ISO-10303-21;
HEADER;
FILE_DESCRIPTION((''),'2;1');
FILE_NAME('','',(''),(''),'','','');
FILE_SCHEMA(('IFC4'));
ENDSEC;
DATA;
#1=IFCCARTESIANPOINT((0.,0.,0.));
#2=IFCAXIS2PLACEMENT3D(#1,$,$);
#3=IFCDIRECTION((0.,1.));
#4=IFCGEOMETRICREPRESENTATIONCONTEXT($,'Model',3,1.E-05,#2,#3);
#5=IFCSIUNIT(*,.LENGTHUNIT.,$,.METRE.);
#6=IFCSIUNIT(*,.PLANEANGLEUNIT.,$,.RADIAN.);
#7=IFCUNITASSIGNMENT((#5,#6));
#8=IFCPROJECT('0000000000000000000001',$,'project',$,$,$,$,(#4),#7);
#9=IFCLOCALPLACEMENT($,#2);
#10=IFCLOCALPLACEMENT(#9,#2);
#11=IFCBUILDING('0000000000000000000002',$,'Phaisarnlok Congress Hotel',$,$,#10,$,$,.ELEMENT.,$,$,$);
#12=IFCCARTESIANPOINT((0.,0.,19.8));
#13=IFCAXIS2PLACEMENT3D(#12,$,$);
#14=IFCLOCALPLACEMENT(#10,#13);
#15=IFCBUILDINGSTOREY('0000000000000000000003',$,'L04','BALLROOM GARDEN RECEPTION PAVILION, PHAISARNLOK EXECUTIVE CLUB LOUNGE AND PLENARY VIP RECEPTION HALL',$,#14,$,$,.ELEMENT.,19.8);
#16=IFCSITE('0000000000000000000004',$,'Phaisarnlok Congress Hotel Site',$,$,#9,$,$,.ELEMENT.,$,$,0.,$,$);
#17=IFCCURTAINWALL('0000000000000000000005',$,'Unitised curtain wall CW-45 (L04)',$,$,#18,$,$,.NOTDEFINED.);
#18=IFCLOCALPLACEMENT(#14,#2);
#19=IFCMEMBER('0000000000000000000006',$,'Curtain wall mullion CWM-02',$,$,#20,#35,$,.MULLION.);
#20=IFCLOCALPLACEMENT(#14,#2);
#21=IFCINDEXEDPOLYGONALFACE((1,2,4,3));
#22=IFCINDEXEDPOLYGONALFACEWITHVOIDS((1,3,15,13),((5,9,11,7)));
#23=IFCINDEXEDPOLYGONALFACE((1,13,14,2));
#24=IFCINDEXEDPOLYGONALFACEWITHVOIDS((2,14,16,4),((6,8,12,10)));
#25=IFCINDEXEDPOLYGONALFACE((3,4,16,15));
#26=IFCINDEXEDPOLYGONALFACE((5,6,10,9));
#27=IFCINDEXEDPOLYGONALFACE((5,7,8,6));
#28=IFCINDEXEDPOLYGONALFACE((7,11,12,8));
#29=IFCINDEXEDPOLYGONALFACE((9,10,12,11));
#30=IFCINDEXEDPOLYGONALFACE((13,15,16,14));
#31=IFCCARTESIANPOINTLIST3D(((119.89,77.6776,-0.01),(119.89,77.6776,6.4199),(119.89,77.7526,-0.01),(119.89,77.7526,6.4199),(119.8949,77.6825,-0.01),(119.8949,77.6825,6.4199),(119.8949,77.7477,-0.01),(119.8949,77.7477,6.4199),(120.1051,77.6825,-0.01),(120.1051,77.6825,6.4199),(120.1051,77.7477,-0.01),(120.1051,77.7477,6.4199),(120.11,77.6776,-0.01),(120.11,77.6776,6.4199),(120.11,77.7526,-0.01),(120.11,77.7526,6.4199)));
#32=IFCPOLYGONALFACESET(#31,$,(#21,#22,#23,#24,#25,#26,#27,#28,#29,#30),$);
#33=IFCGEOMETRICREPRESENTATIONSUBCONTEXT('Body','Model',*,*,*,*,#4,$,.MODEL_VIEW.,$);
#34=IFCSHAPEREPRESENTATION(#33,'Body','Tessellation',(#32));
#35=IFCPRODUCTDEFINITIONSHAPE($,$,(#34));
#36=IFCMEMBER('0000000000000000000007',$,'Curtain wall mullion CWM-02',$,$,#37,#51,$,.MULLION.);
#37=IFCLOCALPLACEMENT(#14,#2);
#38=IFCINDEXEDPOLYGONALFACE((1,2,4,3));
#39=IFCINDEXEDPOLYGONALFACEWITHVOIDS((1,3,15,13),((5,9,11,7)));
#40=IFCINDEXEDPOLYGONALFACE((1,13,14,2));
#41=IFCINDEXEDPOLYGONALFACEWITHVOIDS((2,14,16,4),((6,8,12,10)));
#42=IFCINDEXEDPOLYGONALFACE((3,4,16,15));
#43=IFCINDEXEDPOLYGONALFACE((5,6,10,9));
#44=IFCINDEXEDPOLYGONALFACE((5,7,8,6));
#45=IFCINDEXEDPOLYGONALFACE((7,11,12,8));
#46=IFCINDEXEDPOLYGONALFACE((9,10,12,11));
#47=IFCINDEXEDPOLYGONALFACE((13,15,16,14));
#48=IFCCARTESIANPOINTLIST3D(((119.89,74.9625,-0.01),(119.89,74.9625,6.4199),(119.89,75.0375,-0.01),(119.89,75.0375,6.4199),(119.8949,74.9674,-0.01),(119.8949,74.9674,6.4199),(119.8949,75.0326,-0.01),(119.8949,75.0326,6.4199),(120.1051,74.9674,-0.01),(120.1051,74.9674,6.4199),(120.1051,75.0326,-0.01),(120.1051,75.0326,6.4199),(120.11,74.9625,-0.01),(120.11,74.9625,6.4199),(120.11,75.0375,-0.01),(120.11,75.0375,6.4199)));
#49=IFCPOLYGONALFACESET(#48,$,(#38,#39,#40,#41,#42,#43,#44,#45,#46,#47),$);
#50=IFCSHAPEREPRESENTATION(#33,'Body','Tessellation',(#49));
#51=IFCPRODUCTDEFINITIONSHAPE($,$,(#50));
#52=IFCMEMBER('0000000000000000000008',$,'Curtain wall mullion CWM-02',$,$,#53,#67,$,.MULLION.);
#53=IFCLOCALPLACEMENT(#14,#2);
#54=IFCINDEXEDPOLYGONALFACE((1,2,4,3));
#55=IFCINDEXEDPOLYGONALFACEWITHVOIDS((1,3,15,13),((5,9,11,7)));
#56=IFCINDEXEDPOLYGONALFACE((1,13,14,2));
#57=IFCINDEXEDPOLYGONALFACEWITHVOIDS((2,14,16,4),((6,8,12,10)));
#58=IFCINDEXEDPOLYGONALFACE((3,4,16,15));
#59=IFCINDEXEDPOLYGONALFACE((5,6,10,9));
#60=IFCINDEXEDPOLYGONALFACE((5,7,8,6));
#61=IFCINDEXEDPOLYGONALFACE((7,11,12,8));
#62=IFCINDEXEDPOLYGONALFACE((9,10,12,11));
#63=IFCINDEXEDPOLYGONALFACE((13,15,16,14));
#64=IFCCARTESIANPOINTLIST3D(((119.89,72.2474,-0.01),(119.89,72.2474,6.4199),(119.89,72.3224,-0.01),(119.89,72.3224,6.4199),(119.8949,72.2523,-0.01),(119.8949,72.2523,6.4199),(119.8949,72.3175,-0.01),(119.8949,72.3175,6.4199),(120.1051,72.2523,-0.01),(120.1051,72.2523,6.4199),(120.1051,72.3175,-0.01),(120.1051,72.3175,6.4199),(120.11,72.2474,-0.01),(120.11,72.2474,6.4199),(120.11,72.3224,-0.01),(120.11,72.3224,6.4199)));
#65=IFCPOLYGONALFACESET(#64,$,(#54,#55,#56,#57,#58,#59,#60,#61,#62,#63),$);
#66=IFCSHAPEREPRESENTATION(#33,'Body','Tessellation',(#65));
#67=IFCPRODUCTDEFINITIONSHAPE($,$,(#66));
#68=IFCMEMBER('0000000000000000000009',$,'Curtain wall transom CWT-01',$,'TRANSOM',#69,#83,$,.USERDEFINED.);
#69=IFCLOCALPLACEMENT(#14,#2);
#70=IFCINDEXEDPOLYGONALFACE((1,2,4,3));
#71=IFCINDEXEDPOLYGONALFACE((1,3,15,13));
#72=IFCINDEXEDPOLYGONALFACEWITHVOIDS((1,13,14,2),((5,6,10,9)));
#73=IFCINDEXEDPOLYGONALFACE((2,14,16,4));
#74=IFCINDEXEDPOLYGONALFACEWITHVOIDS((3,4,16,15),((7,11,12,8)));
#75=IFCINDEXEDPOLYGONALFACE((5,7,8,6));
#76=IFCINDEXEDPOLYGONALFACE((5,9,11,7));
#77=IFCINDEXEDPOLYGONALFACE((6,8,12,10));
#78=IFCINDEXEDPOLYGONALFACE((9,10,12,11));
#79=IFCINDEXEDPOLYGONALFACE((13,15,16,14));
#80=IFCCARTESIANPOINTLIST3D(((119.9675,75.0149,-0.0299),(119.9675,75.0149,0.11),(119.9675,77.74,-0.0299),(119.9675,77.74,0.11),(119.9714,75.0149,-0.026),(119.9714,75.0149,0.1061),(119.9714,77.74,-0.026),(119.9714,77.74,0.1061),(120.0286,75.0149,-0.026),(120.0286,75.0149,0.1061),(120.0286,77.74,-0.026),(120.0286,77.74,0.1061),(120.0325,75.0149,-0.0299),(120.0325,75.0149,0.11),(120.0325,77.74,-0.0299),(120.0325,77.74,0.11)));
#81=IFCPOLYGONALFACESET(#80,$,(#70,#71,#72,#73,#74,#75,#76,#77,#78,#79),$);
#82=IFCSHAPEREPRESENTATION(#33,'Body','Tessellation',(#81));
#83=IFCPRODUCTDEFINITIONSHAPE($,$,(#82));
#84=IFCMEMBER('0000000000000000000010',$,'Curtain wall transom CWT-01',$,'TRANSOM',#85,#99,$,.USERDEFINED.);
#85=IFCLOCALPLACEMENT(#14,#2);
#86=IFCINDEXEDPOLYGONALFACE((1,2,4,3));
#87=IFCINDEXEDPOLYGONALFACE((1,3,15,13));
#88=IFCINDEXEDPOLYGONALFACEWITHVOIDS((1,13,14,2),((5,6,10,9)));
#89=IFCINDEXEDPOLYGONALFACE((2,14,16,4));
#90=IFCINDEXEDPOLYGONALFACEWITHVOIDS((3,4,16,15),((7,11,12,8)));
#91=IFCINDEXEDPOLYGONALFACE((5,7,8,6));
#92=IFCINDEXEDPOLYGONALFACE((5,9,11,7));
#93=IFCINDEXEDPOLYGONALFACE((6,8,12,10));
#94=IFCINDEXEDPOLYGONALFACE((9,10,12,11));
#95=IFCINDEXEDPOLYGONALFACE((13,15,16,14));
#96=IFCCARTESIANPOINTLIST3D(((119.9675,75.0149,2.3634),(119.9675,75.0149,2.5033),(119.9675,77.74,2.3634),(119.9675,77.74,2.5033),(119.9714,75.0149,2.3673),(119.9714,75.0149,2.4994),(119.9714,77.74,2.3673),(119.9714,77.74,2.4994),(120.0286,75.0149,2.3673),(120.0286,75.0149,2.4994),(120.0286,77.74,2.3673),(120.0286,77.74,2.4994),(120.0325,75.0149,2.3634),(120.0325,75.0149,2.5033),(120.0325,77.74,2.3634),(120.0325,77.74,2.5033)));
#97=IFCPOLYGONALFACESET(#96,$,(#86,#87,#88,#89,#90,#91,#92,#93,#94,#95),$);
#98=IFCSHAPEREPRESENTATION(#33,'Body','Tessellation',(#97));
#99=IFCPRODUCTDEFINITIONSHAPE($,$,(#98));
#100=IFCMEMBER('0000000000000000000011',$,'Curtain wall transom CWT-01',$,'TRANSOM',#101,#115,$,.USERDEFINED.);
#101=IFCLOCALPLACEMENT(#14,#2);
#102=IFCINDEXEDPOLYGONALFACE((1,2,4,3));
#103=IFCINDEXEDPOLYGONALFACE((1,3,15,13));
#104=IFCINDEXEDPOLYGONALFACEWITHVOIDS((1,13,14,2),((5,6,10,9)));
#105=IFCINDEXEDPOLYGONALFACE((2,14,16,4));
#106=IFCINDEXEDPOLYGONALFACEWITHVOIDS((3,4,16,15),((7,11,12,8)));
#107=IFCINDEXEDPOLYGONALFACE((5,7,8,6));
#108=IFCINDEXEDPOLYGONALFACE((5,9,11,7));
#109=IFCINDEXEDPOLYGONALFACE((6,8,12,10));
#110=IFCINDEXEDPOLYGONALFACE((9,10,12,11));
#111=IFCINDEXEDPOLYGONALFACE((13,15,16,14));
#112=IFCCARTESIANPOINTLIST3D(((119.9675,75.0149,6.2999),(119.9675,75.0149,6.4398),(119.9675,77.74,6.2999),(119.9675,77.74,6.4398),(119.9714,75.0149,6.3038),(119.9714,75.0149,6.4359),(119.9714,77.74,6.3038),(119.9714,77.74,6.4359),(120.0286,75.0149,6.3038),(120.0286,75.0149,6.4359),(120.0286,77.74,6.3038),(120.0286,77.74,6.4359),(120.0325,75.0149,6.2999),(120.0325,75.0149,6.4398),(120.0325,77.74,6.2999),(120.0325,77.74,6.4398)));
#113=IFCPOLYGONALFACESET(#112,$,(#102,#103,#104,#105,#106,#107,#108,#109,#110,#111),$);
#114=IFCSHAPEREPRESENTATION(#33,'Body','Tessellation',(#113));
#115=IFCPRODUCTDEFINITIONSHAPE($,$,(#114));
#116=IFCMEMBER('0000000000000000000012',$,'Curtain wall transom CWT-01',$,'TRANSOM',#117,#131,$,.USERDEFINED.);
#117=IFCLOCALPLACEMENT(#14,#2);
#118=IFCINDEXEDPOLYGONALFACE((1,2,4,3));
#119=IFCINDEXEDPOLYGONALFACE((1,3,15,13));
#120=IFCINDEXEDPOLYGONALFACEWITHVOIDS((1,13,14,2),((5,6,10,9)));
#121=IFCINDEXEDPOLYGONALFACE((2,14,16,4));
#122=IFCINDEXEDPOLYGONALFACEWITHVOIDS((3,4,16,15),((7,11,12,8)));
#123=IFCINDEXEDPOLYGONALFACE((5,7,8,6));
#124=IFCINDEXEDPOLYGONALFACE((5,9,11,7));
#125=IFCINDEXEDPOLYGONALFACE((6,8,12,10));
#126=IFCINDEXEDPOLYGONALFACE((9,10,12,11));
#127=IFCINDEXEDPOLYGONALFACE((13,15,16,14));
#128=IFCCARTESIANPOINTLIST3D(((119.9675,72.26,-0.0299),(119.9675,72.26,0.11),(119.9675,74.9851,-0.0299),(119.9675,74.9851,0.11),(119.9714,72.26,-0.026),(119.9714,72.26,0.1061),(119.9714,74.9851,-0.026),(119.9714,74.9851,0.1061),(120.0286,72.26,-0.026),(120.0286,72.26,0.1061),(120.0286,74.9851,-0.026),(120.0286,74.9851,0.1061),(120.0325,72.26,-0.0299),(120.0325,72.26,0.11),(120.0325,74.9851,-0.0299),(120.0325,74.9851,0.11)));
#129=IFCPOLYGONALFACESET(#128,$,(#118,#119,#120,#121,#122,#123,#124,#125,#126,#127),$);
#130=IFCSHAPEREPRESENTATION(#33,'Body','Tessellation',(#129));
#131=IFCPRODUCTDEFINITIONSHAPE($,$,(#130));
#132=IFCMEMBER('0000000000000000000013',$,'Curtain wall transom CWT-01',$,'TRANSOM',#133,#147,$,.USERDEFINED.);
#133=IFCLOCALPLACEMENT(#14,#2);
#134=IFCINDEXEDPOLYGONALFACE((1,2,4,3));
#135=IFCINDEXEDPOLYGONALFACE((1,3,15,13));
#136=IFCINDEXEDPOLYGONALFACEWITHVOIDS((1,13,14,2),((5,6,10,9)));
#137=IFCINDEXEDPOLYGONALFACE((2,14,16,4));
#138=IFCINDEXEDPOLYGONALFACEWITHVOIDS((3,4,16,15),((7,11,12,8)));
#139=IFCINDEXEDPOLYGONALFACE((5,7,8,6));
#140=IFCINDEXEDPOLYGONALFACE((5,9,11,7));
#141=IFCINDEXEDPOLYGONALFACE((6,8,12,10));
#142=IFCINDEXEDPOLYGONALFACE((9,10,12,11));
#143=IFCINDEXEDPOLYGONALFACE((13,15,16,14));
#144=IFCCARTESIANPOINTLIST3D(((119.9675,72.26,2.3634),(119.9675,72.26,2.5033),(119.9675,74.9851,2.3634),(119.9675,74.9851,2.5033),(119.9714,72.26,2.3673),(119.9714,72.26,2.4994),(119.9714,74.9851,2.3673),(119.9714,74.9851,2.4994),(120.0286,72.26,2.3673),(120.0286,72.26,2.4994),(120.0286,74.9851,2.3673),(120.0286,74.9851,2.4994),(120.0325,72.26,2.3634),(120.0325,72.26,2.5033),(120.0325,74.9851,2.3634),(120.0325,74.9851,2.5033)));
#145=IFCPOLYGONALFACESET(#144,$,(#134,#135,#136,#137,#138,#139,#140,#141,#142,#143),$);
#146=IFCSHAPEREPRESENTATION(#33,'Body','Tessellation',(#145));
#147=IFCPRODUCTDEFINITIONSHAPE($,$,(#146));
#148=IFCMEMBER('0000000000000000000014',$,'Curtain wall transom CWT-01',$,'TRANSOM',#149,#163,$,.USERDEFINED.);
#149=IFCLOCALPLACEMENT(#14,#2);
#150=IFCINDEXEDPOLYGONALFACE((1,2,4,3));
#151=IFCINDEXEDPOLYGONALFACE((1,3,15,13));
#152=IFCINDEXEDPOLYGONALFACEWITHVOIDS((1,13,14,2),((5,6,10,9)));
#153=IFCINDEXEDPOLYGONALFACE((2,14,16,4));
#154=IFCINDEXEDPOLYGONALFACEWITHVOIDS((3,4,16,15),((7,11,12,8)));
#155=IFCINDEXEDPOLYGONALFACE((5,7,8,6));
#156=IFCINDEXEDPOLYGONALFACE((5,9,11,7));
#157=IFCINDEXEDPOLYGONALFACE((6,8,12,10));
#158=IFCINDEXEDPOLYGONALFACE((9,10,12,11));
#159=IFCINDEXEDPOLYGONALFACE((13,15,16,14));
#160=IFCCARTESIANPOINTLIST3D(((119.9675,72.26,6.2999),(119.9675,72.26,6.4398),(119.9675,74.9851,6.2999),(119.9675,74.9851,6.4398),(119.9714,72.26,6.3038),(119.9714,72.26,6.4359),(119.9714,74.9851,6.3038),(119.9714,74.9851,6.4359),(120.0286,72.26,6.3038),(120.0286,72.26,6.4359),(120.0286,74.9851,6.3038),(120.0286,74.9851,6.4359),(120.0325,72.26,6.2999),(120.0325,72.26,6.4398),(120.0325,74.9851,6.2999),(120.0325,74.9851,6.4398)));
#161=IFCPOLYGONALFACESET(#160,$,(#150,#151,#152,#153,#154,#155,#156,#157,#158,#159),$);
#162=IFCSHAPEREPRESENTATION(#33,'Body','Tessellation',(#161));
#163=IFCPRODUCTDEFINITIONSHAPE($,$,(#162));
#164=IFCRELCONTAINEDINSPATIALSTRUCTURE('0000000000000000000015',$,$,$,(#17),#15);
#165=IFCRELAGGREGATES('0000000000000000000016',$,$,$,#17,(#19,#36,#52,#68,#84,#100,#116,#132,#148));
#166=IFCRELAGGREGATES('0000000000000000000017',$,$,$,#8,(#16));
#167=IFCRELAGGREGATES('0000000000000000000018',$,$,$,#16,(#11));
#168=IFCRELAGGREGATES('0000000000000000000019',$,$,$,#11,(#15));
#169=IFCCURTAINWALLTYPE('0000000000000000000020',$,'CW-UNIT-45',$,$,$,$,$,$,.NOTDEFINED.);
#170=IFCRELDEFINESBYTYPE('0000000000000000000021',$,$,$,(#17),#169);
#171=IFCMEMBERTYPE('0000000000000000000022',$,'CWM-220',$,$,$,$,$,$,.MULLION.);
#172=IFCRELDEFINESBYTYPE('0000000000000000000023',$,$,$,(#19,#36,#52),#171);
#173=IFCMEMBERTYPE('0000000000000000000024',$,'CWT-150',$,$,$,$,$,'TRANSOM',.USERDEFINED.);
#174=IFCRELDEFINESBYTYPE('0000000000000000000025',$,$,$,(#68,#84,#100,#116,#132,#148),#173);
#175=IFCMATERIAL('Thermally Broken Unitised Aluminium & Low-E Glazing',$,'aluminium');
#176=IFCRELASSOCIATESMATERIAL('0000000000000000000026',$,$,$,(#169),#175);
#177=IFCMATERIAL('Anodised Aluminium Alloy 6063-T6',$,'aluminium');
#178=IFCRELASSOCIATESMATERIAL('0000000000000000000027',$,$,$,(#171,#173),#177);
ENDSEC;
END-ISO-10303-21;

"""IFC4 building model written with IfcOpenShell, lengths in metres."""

from ifc_helpers import new_model, si_unit, direction, frame, origin, origin_2d, place, context, subcontext, project, spatial, hollow_rectangle, extrude, material, material_profile, profile_set, type_object, element, aggregate, save


model = new_model("IFC4")

# Units and contexts
model_context = context("Model", 3, precision=1e-05, world=origin(), true_north=direction((0.0, 1.0)))
body_context = subcontext(model_context, "Body", "Model", "MODEL_VIEW")
ifc_project = project(units=[si_unit("LENGTHUNIT", "METRE"), si_unit("PLANEANGLEUNIT", "RADIAN")], contexts=[model_context])

# Site, building, storey
site_placement = place(None, origin())
site = spatial("IfcSite", under=ifc_project, at=site_placement, Name="Phaisarnlok Congress Hotel Site", CompositionType="ELEMENT", RefElevation=0.0)
building_placement = place(site_placement, origin())
building = spatial("IfcBuilding", under=site, at=building_placement, Name="Phaisarnlok Congress Hotel", CompositionType="ELEMENT")
storey_placement = place(building_placement, frame((0.0, 0.0, 19.8)))
storey = spatial("IfcBuildingStorey", under=building, at=storey_placement, Name="L04", Description="BALLROOM GARDEN RECEPTION PAVILION, PHAISARNLOK EXECUTIVE CLUB LOUNGE AND PLENARY VIP RECEPTION HALL", CompositionType="ELEMENT", Elevation=19.8)

# Curtain wall, members
ifc_material_1 = material(Name="Thermally Broken Unitised Aluminium & Low-E Glazing", Category="aluminium")
curtain_wall_type = type_object("IfcCurtainWallType", Name="CW-UNIT-45", PredefinedType="NOTDEFINED", material=ifc_material_1)
curtain_wall_placement = place(storey_placement, origin())
curtain_wall = element("IfcCurtainWall", 1, at=curtain_wall_placement, inside=storey, type_object=curtain_wall_type, Name="Unitised curtain wall CW-45 (L04)", PredefinedType="NOTDEFINED")
ifc_material_2 = material(Name="Anodised Aluminium Alloy 6063-T6", Category="aluminium")
ifc_material_profile_1 = material_profile(ifc_material_2, hollow_rectangle(XDim=0.075, YDim=0.22, WallThickness=0.0049, at=origin_2d()), Name="ALU-M 75x220x5")
ifc_profile_set_1 = profile_set([ifc_material_profile_1], Name="Anodised Aluminium Alloy 6063-T6")
member_type_1 = type_object("IfcMemberType", Name="CWM-220", PredefinedType="MULLION", material=ifc_profile_set_1)
member_1_placement = place(storey_placement, frame((120.0, 77.7151, -0.01), z_axis=(0.0, 0.0, 1.0), x_axis=(0.0, -1.0, 0.0)))
member_1 = element("IfcMember", 2, at=member_1_placement, type_object=member_type_1, Name="Curtain wall mullion CWM-02", PredefinedType="MULLION", context=body_context, shape_type="SweptSolid", body=[
    extrude(hollow_rectangle(XDim=0.075, YDim=0.22, WallThickness=0.0049, at=origin_2d()), origin(), (0.0, 0.0, 1.0), 6.4299),
])
member_2_placement = place(storey_placement, frame((120.0, 75.0, -0.01), z_axis=(0.0, 0.0, 1.0), x_axis=(0.0, -1.0, 0.0)))
member_2 = element("IfcMember", 3, at=member_2_placement, type_object=member_type_1, Name="Curtain wall mullion CWM-02", PredefinedType="MULLION", context=body_context, shape_type="SweptSolid", body=[
    extrude(hollow_rectangle(XDim=0.075, YDim=0.22, WallThickness=0.0049, at=origin_2d()), origin(), (0.0, 0.0, 1.0), 6.4299),
])
member_3_placement = place(storey_placement, frame((120.0, 72.2849, -0.01), z_axis=(0.0, 0.0, 1.0), x_axis=(0.0, -1.0, 0.0)))
member_3 = element("IfcMember", 4, at=member_3_placement, type_object=member_type_1, Name="Curtain wall mullion CWM-02", PredefinedType="MULLION", context=body_context, shape_type="SweptSolid", body=[
    extrude(hollow_rectangle(XDim=0.075, YDim=0.22, WallThickness=0.0049, at=origin_2d()), origin(), (0.0, 0.0, 1.0), 6.4299),
])
ifc_material_profile_2 = material_profile(ifc_material_2, hollow_rectangle(XDim=0.0649, YDim=0.1399, WallThickness=0.0039, at=origin_2d()), Name="ALU-T 65x140x4")
ifc_profile_set_2 = profile_set([ifc_material_profile_2], Name="Anodised Aluminium Alloy 6063-T6")
member_type_2 = type_object("IfcMemberType", Name="CWT-150", ElementType="TRANSOM", PredefinedType="USERDEFINED", material=ifc_profile_set_2)
member_4_placement = place(storey_placement, frame((120.0, 77.74, 0.04), z_axis=(0.0, -1.0, 0.0), x_axis=(1.0, 0.0, 0.0)))
member_4 = element("IfcMember", 5, at=member_4_placement, type_object=member_type_2, Name="Curtain wall transom CWT-01", ObjectType="TRANSOM", PredefinedType="USERDEFINED", context=body_context, shape_type="SweptSolid", body=[
    extrude(hollow_rectangle(XDim=0.0649, YDim=0.1399, WallThickness=0.0039, at=origin_2d()), origin(), (0.0, 0.0, 1.0), 2.7251),
])
member_5_placement = place(storey_placement, frame((120.0, 77.74, 2.4333), z_axis=(0.0, -1.0, 0.0), x_axis=(1.0, 0.0, 0.0)))
member_5 = element("IfcMember", 6, at=member_5_placement, type_object=member_type_2, Name="Curtain wall transom CWT-01", ObjectType="TRANSOM", PredefinedType="USERDEFINED", context=body_context, shape_type="SweptSolid", body=[
    extrude(hollow_rectangle(XDim=0.0649, YDim=0.1399, WallThickness=0.0039, at=origin_2d()), origin(), (0.0, 0.0, 1.0), 2.7251),
])
member_6_placement = place(storey_placement, frame((120.0, 77.74, 6.3699), z_axis=(0.0, -1.0, 0.0), x_axis=(1.0, 0.0, 0.0)))
member_6 = element("IfcMember", 7, at=member_6_placement, type_object=member_type_2, Name="Curtain wall transom CWT-01", ObjectType="TRANSOM", PredefinedType="USERDEFINED", context=body_context, shape_type="SweptSolid", body=[
    extrude(hollow_rectangle(XDim=0.0649, YDim=0.1399, WallThickness=0.0039, at=origin_2d()), origin(), (0.0, 0.0, 1.0), 2.7251),
])
member_7_placement = place(storey_placement, frame((120.0, 74.9851, 0.04), z_axis=(0.0, -1.0, 0.0), x_axis=(1.0, 0.0, 0.0)))
member_7 = element("IfcMember", 8, at=member_7_placement, type_object=member_type_2, Name="Curtain wall transom CWT-01", ObjectType="TRANSOM", PredefinedType="USERDEFINED", context=body_context, shape_type="SweptSolid", body=[
    extrude(hollow_rectangle(XDim=0.0649, YDim=0.1399, WallThickness=0.0039, at=origin_2d()), origin(), (0.0, 0.0, 1.0), 2.7251),
])
member_8_placement = place(storey_placement, frame((120.0, 74.9851, 2.4333), z_axis=(0.0, -1.0, 0.0), x_axis=(1.0, 0.0, 0.0)))
member_8 = element("IfcMember", 9, at=member_8_placement, type_object=member_type_2, Name="Curtain wall transom CWT-01", ObjectType="TRANSOM", PredefinedType="USERDEFINED", context=body_context, shape_type="SweptSolid", body=[
    extrude(hollow_rectangle(XDim=0.0649, YDim=0.1399, WallThickness=0.0039, at=origin_2d()), origin(), (0.0, 0.0, 1.0), 2.7251),
])
member_9_placement = place(storey_placement, frame((120.0, 74.9851, 6.3699), z_axis=(0.0, -1.0, 0.0), x_axis=(1.0, 0.0, 0.0)))
member_9 = element("IfcMember", 10, at=member_9_placement, type_object=member_type_2, Name="Curtain wall transom CWT-01", ObjectType="TRANSOM", PredefinedType="USERDEFINED", context=body_context, shape_type="SweptSolid", body=[
    extrude(hollow_rectangle(XDim=0.0649, YDim=0.1399, WallThickness=0.0039, at=origin_2d()), origin(), (0.0, 0.0, 1.0), 2.7251),
])

aggregate(curtain_wall, [member_1, member_2, member_3, member_4, member_5, member_6, member_7, member_8, member_9])

save(model, "model.ifc")
